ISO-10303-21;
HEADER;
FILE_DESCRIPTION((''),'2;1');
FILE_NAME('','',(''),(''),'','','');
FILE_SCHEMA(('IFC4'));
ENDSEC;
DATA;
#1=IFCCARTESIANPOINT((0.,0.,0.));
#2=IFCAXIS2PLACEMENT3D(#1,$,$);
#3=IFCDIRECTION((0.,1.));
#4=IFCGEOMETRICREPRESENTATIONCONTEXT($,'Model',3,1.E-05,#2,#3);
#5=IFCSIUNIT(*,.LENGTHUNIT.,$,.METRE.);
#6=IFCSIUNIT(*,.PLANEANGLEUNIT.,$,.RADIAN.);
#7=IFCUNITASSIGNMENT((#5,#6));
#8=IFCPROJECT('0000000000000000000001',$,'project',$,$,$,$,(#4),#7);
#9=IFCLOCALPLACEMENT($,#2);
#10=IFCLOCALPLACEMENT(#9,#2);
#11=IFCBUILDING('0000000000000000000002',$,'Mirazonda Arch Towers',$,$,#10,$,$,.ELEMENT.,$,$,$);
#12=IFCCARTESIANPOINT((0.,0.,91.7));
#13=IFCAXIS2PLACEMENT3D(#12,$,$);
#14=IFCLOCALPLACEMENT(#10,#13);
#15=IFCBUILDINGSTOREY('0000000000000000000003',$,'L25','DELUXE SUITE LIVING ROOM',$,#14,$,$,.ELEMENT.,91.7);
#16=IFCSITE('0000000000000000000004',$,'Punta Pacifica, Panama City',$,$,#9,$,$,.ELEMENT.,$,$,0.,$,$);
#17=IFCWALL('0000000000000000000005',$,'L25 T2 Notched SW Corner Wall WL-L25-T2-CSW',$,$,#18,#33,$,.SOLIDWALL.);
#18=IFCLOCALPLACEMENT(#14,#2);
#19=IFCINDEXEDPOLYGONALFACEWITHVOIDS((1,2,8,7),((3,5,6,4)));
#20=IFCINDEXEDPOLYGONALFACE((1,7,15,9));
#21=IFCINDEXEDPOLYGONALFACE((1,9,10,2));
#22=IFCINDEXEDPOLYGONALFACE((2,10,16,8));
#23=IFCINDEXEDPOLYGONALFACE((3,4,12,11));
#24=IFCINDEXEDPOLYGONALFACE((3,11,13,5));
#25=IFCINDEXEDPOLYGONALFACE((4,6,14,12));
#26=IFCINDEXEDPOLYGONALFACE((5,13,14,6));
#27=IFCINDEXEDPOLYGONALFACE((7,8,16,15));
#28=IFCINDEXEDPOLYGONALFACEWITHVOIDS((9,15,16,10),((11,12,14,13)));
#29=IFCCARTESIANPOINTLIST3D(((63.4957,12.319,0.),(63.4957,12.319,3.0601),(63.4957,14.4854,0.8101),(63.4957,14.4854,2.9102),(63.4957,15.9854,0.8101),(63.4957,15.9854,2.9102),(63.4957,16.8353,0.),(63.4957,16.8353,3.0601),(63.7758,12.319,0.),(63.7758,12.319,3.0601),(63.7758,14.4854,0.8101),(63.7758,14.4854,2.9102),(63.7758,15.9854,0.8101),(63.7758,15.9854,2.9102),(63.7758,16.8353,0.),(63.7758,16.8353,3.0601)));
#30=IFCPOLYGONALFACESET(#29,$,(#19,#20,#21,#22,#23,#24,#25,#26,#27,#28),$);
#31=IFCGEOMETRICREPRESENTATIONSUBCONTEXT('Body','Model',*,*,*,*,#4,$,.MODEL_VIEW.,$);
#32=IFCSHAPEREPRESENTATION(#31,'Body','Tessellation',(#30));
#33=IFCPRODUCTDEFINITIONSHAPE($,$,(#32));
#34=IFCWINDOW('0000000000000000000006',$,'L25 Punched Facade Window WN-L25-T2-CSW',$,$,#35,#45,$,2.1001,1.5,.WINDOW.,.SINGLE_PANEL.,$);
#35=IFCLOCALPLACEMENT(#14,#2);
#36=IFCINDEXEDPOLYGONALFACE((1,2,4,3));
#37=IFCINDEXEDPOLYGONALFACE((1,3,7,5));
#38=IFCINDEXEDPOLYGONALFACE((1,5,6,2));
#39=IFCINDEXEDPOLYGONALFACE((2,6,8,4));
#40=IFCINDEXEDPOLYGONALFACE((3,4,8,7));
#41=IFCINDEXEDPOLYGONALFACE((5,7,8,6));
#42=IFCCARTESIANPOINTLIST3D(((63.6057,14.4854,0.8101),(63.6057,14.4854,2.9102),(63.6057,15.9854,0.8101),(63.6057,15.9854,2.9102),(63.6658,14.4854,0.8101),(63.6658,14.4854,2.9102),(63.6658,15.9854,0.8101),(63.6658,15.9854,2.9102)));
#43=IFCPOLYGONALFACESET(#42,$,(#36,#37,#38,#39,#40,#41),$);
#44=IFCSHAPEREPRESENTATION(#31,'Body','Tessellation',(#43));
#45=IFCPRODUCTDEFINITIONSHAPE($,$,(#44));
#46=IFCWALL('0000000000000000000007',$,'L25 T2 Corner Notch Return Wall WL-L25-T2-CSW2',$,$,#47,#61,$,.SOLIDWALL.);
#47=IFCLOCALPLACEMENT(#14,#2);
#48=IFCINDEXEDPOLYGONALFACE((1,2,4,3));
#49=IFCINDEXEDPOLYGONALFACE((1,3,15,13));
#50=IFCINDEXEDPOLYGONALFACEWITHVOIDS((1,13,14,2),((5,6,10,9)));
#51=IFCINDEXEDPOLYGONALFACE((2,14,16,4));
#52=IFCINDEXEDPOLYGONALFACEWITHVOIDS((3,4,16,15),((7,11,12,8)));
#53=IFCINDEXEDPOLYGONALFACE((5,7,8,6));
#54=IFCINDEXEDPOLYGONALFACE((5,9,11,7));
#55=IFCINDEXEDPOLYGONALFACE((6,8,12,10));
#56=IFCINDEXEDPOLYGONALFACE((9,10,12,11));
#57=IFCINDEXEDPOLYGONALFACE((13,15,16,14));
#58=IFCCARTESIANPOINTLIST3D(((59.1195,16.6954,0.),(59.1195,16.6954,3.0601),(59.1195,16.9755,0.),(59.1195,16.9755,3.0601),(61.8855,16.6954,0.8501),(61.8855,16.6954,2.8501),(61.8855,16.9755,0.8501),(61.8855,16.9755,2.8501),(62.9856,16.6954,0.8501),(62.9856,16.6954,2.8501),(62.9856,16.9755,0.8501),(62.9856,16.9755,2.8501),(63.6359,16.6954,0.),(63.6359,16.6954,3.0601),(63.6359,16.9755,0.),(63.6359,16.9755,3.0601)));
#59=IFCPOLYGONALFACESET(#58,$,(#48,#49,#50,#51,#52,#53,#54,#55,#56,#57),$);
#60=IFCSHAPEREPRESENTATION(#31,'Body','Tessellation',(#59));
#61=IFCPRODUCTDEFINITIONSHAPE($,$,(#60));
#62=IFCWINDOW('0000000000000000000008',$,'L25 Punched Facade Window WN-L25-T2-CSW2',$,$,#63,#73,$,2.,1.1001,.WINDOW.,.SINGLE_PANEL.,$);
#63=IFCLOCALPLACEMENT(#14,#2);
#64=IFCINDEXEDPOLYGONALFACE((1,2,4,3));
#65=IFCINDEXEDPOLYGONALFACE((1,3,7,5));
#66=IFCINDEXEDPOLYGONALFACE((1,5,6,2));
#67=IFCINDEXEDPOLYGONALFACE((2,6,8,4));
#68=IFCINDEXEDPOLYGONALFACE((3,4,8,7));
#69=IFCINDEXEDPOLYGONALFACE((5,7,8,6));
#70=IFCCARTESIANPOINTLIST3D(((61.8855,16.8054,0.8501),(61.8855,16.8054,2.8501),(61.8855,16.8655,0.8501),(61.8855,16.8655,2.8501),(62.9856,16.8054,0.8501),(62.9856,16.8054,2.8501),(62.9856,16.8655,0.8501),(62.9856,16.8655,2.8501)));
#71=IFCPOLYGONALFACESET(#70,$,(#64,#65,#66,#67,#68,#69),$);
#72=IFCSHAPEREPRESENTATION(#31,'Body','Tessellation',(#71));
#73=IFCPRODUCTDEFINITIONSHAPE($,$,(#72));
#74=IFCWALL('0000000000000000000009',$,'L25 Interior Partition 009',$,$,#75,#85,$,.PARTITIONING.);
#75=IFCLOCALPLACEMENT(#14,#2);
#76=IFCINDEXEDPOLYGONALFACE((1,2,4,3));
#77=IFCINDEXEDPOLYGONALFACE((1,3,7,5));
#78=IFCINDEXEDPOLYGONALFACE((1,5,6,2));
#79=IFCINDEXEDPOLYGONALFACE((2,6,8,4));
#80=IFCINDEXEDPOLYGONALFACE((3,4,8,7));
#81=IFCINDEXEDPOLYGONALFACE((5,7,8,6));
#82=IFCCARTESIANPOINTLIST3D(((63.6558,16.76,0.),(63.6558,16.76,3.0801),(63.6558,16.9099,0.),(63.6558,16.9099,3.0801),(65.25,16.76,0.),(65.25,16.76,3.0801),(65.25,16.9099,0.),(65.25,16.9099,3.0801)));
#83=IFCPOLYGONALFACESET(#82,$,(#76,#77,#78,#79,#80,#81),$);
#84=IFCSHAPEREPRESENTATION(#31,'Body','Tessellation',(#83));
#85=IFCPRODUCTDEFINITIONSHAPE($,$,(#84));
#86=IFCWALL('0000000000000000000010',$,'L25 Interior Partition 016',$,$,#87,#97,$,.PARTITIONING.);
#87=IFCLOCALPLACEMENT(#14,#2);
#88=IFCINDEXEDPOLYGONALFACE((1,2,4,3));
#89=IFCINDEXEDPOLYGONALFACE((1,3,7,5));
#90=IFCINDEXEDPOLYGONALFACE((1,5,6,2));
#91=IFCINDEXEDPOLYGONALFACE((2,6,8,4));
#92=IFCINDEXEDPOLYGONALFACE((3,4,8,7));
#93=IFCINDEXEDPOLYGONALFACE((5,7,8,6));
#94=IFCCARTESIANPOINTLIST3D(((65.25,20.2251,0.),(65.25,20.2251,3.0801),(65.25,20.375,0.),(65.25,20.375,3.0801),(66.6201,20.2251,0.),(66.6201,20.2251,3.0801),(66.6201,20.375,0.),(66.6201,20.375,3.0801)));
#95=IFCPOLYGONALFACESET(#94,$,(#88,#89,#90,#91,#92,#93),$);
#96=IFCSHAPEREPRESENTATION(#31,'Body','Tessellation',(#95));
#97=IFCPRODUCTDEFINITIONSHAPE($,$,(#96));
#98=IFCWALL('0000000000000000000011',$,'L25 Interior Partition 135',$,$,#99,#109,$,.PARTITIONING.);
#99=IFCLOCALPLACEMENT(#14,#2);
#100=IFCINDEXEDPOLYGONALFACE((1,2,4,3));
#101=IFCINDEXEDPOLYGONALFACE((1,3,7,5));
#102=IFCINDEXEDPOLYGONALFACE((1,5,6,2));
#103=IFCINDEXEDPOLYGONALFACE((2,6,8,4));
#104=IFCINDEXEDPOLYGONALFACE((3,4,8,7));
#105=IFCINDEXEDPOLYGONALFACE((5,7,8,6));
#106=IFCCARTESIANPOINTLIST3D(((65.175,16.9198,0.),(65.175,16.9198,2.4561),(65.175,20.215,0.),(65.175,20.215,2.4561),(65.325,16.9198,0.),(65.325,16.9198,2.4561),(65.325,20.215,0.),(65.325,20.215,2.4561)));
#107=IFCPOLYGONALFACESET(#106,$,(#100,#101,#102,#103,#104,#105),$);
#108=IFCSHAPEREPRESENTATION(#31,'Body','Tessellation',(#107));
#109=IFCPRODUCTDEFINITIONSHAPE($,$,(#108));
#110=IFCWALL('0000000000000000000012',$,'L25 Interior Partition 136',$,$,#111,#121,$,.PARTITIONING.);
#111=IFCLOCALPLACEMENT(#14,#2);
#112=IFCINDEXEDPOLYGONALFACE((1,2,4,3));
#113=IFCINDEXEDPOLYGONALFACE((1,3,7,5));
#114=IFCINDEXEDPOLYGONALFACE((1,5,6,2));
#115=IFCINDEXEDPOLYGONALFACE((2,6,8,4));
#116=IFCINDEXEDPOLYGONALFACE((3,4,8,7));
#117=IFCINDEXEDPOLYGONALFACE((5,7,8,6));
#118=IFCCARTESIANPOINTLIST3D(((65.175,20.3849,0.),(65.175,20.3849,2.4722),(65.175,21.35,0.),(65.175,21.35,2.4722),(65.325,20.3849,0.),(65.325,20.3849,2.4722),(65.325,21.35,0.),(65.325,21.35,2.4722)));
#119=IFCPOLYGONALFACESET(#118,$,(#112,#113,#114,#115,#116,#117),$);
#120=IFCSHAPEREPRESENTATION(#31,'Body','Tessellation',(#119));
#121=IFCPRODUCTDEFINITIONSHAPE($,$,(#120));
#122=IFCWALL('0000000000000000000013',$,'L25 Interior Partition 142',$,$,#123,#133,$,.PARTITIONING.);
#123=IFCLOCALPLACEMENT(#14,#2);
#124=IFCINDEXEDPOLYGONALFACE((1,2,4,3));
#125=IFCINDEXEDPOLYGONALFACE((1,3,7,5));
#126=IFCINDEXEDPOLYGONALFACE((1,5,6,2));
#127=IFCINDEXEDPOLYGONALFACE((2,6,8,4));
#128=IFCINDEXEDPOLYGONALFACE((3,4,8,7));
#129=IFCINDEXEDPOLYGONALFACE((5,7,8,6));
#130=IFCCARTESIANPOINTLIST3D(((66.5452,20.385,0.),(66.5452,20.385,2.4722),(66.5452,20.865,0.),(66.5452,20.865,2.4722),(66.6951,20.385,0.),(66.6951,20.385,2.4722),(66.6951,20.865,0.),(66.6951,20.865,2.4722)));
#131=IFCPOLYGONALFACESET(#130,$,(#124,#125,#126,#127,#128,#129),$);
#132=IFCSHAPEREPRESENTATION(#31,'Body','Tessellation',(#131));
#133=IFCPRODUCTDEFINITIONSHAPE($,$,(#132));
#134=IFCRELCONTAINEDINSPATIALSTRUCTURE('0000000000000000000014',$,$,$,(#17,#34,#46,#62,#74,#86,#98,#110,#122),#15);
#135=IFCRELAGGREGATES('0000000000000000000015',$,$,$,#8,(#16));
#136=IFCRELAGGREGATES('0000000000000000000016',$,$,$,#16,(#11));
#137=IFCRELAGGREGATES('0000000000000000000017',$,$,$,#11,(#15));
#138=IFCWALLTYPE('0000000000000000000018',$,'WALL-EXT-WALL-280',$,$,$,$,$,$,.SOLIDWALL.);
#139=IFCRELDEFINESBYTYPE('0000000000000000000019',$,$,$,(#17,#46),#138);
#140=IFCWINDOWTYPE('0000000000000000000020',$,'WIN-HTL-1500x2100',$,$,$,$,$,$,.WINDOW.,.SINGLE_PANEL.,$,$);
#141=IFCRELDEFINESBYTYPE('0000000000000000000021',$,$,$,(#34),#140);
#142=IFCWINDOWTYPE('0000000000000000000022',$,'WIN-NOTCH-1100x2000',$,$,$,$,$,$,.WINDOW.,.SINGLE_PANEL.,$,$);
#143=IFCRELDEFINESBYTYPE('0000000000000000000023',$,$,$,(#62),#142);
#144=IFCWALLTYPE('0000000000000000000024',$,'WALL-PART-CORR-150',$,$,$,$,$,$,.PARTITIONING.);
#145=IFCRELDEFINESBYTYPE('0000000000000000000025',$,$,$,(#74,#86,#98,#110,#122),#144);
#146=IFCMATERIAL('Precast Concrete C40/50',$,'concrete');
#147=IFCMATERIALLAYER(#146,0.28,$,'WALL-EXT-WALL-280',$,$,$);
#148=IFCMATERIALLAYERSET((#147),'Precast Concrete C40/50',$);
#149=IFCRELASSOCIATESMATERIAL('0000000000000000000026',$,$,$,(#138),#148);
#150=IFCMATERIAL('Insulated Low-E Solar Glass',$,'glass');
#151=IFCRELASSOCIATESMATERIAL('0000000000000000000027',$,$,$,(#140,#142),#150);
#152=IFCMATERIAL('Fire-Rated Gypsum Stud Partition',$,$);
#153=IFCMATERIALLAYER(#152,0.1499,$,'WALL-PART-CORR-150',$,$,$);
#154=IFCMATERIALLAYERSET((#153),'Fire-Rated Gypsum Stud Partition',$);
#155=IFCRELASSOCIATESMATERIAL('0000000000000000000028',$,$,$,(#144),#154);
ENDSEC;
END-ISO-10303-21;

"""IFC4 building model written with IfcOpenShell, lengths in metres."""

from ifc_helpers import new_model, si_unit, direction, frame, frame_2d, origin, place, context, subcontext, project, spatial, rectangle, extrude, material, layer, layer_set, type_object, element, fill, save


model = new_model("IFC4")

# Units and contexts
model_context = context("Model", 3, precision=1e-05, world=origin(), true_north=direction((0.0, 1.0)))
body_context = subcontext(model_context, "Body", "Model", "MODEL_VIEW")
ifc_project = project(units=[si_unit("LENGTHUNIT", "METRE"), si_unit("PLANEANGLEUNIT", "RADIAN")], contexts=[model_context])

# Site, building, storey
site_placement = place(None, origin())
site = spatial("IfcSite", under=ifc_project, at=site_placement, Name="Punta Pacifica, Panama City", CompositionType="ELEMENT", RefElevation=0.0)
building_placement = place(site_placement, origin())
building = spatial("IfcBuilding", under=site, at=building_placement, Name="Mirazonda Arch Towers", CompositionType="ELEMENT")
storey_placement = place(building_placement, frame((0.0, 0.0, 91.7)))
storey = spatial("IfcBuildingStorey", under=building, at=storey_placement, Name="L25", Description="DELUXE SUITE LIVING ROOM", CompositionType="ELEMENT", Elevation=91.7)

# Shared definitions
ifc_material_1 = material(Name="Insulated Low-E Solar Glass", Category="glass")

# Walls, openings, windows
ifc_material_2 = material(Name="Precast Concrete C40/50", Category="concrete")
ifc_layer_1 = layer(ifc_material_2, 0.28, Name="WALL-EXT-WALL-280")
ifc_layer_set_1 = layer_set([ifc_layer_1], Name="Precast Concrete C40/50")
wall_type_1 = type_object("IfcWallType", Name="WALL-EXT-WALL-280", PredefinedType="SOLIDWALL", material=ifc_layer_set_1)
wall_1_placement = place(storey_placement, frame((63.6357, 16.8354, 0.0), z_axis=(0.0, 0.0, 1.0), x_axis=(0.0, -1.0, 0.0)))
wall_1 = element("IfcWall", 1, at=wall_1_placement, inside=storey, type_object=wall_type_1, Name="L25 T2 Notched SW Corner Wall WL-L25-T2-CSW", PredefinedType="SOLIDWALL", context=body_context, shape_type="SweptSolid", body=[
    extrude(rectangle(XDim=4.5164, YDim=0.28, at=frame_2d((2.2583, 0.0))), origin(), (0.0, 0.0, 1.0), 3.0601),
])
opening_1_placement = place(wall_1_placement, frame((0.8501, 0.0, 0.8101)))
opening_1 = element("IfcOpeningElement", 2, at=opening_1_placement, cuts=wall_1, PredefinedType="OPENING", context=body_context, shape_type="SweptSolid", body=[
    extrude(rectangle(XDim=1.5, YDim=2.1001, at=frame_2d((0.75, 1.05))), frame((0.0, 0.1499, 0.0), z_axis=(0.0, -1.0, 0.0), x_axis=(1.0, 0.0, 0.0)), (0.0, 0.0, 1.0), 0.3),
])
window_type_1 = type_object("IfcWindowType", Name="WIN-HTL-1500x2100", PartitioningType="SINGLE_PANEL", PredefinedType="WINDOW", material=ifc_material_1)
window_1_placement = place(opening_1_placement, origin())
window_1 = element("IfcWindow", 3, at=window_1_placement, inside=storey, type_object=window_type_1, Name="L25 Punched Facade Window WN-L25-T2-CSW", OverallHeight=2.1001, OverallWidth=1.5, PartitioningType="SINGLE_PANEL", PredefinedType="WINDOW", context=body_context, shape_type="SweptSolid", body=[
    extrude(rectangle(XDim=1.5, YDim=2.1001, at=frame_2d((0.75, 1.05))), frame((0.0, 0.03, 0.0), z_axis=(0.0, -1.0, 0.0), x_axis=(1.0, 0.0, 0.0)), (0.0, 0.0, 1.0), 0.0601),
])
fill(opening_1, window_1)
wall_2_placement = place(storey_placement, frame((59.1194, 16.8354, 0.0), z_axis=(0.0, 0.0, 1.0), x_axis=(1.0, 0.0, 0.0)))
wall_2 = element("IfcWall", 4, at=wall_2_placement, inside=storey, type_object=wall_type_1, Name="L25 T2 Corner Notch Return Wall WL-L25-T2-CSW2", PredefinedType="SOLIDWALL", context=body_context, shape_type="SweptSolid", body=[
    extrude(rectangle(XDim=4.5164, YDim=0.28, at=frame_2d((2.2583, 0.0))), origin(), (0.0, 0.0, 1.0), 3.0601),
])
opening_2_placement = place(wall_2_placement, frame((2.7661, 0.0, 0.8501)))
opening_2 = element("IfcOpeningElement", 5, at=opening_2_placement, cuts=wall_2, PredefinedType="OPENING", context=body_context, shape_type="SweptSolid", body=[
    extrude(rectangle(XDim=1.1001, YDim=2.0, at=frame_2d((0.55, 1.0))), frame((0.0, 0.1499, 0.0), z_axis=(0.0, -1.0, 0.0), x_axis=(1.0, 0.0, 0.0)), (0.0, 0.0, 1.0), 0.3),
])
window_type_2 = type_object("IfcWindowType", Name="WIN-NOTCH-1100x2000", PartitioningType="SINGLE_PANEL", PredefinedType="WINDOW", material=ifc_material_1)
window_2_placement = place(opening_2_placement, origin())
window_2 = element("IfcWindow", 6, at=window_2_placement, inside=storey, type_object=window_type_2, Name="L25 Punched Facade Window WN-L25-T2-CSW2", OverallHeight=2.0, OverallWidth=1.1001, PartitioningType="SINGLE_PANEL", PredefinedType="WINDOW", context=body_context, shape_type="SweptSolid", body=[
    extrude(rectangle(XDim=1.1001, YDim=2.0, at=frame_2d((0.55, 1.0))), frame((0.0, 0.03, 0.0), z_axis=(0.0, -1.0, 0.0), x_axis=(1.0, 0.0, 0.0)), (0.0, 0.0, 1.0), 0.0601),
])
fill(opening_2, window_2)

# Walls
ifc_material_3 = material(Name="Fire-Rated Gypsum Stud Partition")
ifc_layer_2 = layer(ifc_material_3, 0.1499, Name="WALL-PART-CORR-150")
ifc_layer_set_2 = layer_set([ifc_layer_2], Name="Fire-Rated Gypsum Stud Partition")
wall_type_2 = type_object("IfcWallType", Name="WALL-PART-CORR-150", PredefinedType="PARTITIONING", material=ifc_layer_set_2)
wall_3_placement = place(storey_placement, frame((63.6558, 16.835, 0.0), z_axis=(0.0, 0.0, 1.0), x_axis=(1.0, 0.0, 0.0)))
element("IfcWall", 7, at=wall_3_placement, inside=storey, type_object=wall_type_2, Name="L25 Interior Partition 009", PredefinedType="PARTITIONING", context=body_context, shape_type="SweptSolid", body=[
    extrude(rectangle(XDim=1.5942, YDim=0.1499, at=frame_2d((0.7971, 0.0))), origin(), (0.0, 0.0, 1.0), 3.0801),
])
wall_4_placement = place(storey_placement, frame((65.25, 20.3, 0.0), z_axis=(0.0, 0.0, 1.0), x_axis=(1.0, 0.0, 0.0)))
element("IfcWall", 8, at=wall_4_placement, inside=storey, type_object=wall_type_2, Name="L25 Interior Partition 016", PredefinedType="PARTITIONING", context=body_context, shape_type="SweptSolid", body=[
    extrude(rectangle(XDim=1.3701, YDim=0.1499, at=frame_2d((0.6851, 0.0))), origin(), (0.0, 0.0, 1.0), 3.0801),
])
wall_5_placement = place(storey_placement, frame((65.25, 16.9199, 0.0), z_axis=(0.0, 0.0, 1.0), x_axis=(0.0, 1.0, 0.0)))
element("IfcWall", 9, at=wall_5_placement, inside=storey, type_object=wall_type_2, Name="L25 Interior Partition 135", PredefinedType="PARTITIONING", context=body_context, shape_type="SweptSolid", body=[
    extrude(rectangle(XDim=3.2952, YDim=0.1499, at=frame_2d((1.6475, 0.0))), origin(), (0.0, 0.0, 1.0), 2.4561),
])
wall_6_placement = place(storey_placement, frame((65.25, 20.385, 0.0), z_axis=(0.0, 0.0, 1.0), x_axis=(0.0, 1.0, 0.0)))
element("IfcWall", 10, at=wall_6_placement, inside=storey, type_object=wall_type_2, Name="L25 Interior Partition 136", PredefinedType="PARTITIONING", context=body_context, shape_type="SweptSolid", body=[
    extrude(rectangle(XDim=0.9651, YDim=0.1499, at=frame_2d((0.4824, 0.0))), origin(), (0.0, 0.0, 1.0), 2.4722),
])
wall_7_placement = place(storey_placement, frame((66.6201, 20.385, 0.0), z_axis=(0.0, 0.0, 1.0), x_axis=(0.0, 1.0, 0.0)))
element("IfcWall", 11, at=wall_7_placement, inside=storey, type_object=wall_type_2, Name="L25 Interior Partition 142", PredefinedType="PARTITIONING", context=body_context, shape_type="SweptSolid", body=[
    extrude(rectangle(XDim=0.48, YDim=0.1499, at=frame_2d((0.24, 0.0))), origin(), (0.0, 0.0, 1.0), 2.4722),
])

save(model, "model.ifc")
